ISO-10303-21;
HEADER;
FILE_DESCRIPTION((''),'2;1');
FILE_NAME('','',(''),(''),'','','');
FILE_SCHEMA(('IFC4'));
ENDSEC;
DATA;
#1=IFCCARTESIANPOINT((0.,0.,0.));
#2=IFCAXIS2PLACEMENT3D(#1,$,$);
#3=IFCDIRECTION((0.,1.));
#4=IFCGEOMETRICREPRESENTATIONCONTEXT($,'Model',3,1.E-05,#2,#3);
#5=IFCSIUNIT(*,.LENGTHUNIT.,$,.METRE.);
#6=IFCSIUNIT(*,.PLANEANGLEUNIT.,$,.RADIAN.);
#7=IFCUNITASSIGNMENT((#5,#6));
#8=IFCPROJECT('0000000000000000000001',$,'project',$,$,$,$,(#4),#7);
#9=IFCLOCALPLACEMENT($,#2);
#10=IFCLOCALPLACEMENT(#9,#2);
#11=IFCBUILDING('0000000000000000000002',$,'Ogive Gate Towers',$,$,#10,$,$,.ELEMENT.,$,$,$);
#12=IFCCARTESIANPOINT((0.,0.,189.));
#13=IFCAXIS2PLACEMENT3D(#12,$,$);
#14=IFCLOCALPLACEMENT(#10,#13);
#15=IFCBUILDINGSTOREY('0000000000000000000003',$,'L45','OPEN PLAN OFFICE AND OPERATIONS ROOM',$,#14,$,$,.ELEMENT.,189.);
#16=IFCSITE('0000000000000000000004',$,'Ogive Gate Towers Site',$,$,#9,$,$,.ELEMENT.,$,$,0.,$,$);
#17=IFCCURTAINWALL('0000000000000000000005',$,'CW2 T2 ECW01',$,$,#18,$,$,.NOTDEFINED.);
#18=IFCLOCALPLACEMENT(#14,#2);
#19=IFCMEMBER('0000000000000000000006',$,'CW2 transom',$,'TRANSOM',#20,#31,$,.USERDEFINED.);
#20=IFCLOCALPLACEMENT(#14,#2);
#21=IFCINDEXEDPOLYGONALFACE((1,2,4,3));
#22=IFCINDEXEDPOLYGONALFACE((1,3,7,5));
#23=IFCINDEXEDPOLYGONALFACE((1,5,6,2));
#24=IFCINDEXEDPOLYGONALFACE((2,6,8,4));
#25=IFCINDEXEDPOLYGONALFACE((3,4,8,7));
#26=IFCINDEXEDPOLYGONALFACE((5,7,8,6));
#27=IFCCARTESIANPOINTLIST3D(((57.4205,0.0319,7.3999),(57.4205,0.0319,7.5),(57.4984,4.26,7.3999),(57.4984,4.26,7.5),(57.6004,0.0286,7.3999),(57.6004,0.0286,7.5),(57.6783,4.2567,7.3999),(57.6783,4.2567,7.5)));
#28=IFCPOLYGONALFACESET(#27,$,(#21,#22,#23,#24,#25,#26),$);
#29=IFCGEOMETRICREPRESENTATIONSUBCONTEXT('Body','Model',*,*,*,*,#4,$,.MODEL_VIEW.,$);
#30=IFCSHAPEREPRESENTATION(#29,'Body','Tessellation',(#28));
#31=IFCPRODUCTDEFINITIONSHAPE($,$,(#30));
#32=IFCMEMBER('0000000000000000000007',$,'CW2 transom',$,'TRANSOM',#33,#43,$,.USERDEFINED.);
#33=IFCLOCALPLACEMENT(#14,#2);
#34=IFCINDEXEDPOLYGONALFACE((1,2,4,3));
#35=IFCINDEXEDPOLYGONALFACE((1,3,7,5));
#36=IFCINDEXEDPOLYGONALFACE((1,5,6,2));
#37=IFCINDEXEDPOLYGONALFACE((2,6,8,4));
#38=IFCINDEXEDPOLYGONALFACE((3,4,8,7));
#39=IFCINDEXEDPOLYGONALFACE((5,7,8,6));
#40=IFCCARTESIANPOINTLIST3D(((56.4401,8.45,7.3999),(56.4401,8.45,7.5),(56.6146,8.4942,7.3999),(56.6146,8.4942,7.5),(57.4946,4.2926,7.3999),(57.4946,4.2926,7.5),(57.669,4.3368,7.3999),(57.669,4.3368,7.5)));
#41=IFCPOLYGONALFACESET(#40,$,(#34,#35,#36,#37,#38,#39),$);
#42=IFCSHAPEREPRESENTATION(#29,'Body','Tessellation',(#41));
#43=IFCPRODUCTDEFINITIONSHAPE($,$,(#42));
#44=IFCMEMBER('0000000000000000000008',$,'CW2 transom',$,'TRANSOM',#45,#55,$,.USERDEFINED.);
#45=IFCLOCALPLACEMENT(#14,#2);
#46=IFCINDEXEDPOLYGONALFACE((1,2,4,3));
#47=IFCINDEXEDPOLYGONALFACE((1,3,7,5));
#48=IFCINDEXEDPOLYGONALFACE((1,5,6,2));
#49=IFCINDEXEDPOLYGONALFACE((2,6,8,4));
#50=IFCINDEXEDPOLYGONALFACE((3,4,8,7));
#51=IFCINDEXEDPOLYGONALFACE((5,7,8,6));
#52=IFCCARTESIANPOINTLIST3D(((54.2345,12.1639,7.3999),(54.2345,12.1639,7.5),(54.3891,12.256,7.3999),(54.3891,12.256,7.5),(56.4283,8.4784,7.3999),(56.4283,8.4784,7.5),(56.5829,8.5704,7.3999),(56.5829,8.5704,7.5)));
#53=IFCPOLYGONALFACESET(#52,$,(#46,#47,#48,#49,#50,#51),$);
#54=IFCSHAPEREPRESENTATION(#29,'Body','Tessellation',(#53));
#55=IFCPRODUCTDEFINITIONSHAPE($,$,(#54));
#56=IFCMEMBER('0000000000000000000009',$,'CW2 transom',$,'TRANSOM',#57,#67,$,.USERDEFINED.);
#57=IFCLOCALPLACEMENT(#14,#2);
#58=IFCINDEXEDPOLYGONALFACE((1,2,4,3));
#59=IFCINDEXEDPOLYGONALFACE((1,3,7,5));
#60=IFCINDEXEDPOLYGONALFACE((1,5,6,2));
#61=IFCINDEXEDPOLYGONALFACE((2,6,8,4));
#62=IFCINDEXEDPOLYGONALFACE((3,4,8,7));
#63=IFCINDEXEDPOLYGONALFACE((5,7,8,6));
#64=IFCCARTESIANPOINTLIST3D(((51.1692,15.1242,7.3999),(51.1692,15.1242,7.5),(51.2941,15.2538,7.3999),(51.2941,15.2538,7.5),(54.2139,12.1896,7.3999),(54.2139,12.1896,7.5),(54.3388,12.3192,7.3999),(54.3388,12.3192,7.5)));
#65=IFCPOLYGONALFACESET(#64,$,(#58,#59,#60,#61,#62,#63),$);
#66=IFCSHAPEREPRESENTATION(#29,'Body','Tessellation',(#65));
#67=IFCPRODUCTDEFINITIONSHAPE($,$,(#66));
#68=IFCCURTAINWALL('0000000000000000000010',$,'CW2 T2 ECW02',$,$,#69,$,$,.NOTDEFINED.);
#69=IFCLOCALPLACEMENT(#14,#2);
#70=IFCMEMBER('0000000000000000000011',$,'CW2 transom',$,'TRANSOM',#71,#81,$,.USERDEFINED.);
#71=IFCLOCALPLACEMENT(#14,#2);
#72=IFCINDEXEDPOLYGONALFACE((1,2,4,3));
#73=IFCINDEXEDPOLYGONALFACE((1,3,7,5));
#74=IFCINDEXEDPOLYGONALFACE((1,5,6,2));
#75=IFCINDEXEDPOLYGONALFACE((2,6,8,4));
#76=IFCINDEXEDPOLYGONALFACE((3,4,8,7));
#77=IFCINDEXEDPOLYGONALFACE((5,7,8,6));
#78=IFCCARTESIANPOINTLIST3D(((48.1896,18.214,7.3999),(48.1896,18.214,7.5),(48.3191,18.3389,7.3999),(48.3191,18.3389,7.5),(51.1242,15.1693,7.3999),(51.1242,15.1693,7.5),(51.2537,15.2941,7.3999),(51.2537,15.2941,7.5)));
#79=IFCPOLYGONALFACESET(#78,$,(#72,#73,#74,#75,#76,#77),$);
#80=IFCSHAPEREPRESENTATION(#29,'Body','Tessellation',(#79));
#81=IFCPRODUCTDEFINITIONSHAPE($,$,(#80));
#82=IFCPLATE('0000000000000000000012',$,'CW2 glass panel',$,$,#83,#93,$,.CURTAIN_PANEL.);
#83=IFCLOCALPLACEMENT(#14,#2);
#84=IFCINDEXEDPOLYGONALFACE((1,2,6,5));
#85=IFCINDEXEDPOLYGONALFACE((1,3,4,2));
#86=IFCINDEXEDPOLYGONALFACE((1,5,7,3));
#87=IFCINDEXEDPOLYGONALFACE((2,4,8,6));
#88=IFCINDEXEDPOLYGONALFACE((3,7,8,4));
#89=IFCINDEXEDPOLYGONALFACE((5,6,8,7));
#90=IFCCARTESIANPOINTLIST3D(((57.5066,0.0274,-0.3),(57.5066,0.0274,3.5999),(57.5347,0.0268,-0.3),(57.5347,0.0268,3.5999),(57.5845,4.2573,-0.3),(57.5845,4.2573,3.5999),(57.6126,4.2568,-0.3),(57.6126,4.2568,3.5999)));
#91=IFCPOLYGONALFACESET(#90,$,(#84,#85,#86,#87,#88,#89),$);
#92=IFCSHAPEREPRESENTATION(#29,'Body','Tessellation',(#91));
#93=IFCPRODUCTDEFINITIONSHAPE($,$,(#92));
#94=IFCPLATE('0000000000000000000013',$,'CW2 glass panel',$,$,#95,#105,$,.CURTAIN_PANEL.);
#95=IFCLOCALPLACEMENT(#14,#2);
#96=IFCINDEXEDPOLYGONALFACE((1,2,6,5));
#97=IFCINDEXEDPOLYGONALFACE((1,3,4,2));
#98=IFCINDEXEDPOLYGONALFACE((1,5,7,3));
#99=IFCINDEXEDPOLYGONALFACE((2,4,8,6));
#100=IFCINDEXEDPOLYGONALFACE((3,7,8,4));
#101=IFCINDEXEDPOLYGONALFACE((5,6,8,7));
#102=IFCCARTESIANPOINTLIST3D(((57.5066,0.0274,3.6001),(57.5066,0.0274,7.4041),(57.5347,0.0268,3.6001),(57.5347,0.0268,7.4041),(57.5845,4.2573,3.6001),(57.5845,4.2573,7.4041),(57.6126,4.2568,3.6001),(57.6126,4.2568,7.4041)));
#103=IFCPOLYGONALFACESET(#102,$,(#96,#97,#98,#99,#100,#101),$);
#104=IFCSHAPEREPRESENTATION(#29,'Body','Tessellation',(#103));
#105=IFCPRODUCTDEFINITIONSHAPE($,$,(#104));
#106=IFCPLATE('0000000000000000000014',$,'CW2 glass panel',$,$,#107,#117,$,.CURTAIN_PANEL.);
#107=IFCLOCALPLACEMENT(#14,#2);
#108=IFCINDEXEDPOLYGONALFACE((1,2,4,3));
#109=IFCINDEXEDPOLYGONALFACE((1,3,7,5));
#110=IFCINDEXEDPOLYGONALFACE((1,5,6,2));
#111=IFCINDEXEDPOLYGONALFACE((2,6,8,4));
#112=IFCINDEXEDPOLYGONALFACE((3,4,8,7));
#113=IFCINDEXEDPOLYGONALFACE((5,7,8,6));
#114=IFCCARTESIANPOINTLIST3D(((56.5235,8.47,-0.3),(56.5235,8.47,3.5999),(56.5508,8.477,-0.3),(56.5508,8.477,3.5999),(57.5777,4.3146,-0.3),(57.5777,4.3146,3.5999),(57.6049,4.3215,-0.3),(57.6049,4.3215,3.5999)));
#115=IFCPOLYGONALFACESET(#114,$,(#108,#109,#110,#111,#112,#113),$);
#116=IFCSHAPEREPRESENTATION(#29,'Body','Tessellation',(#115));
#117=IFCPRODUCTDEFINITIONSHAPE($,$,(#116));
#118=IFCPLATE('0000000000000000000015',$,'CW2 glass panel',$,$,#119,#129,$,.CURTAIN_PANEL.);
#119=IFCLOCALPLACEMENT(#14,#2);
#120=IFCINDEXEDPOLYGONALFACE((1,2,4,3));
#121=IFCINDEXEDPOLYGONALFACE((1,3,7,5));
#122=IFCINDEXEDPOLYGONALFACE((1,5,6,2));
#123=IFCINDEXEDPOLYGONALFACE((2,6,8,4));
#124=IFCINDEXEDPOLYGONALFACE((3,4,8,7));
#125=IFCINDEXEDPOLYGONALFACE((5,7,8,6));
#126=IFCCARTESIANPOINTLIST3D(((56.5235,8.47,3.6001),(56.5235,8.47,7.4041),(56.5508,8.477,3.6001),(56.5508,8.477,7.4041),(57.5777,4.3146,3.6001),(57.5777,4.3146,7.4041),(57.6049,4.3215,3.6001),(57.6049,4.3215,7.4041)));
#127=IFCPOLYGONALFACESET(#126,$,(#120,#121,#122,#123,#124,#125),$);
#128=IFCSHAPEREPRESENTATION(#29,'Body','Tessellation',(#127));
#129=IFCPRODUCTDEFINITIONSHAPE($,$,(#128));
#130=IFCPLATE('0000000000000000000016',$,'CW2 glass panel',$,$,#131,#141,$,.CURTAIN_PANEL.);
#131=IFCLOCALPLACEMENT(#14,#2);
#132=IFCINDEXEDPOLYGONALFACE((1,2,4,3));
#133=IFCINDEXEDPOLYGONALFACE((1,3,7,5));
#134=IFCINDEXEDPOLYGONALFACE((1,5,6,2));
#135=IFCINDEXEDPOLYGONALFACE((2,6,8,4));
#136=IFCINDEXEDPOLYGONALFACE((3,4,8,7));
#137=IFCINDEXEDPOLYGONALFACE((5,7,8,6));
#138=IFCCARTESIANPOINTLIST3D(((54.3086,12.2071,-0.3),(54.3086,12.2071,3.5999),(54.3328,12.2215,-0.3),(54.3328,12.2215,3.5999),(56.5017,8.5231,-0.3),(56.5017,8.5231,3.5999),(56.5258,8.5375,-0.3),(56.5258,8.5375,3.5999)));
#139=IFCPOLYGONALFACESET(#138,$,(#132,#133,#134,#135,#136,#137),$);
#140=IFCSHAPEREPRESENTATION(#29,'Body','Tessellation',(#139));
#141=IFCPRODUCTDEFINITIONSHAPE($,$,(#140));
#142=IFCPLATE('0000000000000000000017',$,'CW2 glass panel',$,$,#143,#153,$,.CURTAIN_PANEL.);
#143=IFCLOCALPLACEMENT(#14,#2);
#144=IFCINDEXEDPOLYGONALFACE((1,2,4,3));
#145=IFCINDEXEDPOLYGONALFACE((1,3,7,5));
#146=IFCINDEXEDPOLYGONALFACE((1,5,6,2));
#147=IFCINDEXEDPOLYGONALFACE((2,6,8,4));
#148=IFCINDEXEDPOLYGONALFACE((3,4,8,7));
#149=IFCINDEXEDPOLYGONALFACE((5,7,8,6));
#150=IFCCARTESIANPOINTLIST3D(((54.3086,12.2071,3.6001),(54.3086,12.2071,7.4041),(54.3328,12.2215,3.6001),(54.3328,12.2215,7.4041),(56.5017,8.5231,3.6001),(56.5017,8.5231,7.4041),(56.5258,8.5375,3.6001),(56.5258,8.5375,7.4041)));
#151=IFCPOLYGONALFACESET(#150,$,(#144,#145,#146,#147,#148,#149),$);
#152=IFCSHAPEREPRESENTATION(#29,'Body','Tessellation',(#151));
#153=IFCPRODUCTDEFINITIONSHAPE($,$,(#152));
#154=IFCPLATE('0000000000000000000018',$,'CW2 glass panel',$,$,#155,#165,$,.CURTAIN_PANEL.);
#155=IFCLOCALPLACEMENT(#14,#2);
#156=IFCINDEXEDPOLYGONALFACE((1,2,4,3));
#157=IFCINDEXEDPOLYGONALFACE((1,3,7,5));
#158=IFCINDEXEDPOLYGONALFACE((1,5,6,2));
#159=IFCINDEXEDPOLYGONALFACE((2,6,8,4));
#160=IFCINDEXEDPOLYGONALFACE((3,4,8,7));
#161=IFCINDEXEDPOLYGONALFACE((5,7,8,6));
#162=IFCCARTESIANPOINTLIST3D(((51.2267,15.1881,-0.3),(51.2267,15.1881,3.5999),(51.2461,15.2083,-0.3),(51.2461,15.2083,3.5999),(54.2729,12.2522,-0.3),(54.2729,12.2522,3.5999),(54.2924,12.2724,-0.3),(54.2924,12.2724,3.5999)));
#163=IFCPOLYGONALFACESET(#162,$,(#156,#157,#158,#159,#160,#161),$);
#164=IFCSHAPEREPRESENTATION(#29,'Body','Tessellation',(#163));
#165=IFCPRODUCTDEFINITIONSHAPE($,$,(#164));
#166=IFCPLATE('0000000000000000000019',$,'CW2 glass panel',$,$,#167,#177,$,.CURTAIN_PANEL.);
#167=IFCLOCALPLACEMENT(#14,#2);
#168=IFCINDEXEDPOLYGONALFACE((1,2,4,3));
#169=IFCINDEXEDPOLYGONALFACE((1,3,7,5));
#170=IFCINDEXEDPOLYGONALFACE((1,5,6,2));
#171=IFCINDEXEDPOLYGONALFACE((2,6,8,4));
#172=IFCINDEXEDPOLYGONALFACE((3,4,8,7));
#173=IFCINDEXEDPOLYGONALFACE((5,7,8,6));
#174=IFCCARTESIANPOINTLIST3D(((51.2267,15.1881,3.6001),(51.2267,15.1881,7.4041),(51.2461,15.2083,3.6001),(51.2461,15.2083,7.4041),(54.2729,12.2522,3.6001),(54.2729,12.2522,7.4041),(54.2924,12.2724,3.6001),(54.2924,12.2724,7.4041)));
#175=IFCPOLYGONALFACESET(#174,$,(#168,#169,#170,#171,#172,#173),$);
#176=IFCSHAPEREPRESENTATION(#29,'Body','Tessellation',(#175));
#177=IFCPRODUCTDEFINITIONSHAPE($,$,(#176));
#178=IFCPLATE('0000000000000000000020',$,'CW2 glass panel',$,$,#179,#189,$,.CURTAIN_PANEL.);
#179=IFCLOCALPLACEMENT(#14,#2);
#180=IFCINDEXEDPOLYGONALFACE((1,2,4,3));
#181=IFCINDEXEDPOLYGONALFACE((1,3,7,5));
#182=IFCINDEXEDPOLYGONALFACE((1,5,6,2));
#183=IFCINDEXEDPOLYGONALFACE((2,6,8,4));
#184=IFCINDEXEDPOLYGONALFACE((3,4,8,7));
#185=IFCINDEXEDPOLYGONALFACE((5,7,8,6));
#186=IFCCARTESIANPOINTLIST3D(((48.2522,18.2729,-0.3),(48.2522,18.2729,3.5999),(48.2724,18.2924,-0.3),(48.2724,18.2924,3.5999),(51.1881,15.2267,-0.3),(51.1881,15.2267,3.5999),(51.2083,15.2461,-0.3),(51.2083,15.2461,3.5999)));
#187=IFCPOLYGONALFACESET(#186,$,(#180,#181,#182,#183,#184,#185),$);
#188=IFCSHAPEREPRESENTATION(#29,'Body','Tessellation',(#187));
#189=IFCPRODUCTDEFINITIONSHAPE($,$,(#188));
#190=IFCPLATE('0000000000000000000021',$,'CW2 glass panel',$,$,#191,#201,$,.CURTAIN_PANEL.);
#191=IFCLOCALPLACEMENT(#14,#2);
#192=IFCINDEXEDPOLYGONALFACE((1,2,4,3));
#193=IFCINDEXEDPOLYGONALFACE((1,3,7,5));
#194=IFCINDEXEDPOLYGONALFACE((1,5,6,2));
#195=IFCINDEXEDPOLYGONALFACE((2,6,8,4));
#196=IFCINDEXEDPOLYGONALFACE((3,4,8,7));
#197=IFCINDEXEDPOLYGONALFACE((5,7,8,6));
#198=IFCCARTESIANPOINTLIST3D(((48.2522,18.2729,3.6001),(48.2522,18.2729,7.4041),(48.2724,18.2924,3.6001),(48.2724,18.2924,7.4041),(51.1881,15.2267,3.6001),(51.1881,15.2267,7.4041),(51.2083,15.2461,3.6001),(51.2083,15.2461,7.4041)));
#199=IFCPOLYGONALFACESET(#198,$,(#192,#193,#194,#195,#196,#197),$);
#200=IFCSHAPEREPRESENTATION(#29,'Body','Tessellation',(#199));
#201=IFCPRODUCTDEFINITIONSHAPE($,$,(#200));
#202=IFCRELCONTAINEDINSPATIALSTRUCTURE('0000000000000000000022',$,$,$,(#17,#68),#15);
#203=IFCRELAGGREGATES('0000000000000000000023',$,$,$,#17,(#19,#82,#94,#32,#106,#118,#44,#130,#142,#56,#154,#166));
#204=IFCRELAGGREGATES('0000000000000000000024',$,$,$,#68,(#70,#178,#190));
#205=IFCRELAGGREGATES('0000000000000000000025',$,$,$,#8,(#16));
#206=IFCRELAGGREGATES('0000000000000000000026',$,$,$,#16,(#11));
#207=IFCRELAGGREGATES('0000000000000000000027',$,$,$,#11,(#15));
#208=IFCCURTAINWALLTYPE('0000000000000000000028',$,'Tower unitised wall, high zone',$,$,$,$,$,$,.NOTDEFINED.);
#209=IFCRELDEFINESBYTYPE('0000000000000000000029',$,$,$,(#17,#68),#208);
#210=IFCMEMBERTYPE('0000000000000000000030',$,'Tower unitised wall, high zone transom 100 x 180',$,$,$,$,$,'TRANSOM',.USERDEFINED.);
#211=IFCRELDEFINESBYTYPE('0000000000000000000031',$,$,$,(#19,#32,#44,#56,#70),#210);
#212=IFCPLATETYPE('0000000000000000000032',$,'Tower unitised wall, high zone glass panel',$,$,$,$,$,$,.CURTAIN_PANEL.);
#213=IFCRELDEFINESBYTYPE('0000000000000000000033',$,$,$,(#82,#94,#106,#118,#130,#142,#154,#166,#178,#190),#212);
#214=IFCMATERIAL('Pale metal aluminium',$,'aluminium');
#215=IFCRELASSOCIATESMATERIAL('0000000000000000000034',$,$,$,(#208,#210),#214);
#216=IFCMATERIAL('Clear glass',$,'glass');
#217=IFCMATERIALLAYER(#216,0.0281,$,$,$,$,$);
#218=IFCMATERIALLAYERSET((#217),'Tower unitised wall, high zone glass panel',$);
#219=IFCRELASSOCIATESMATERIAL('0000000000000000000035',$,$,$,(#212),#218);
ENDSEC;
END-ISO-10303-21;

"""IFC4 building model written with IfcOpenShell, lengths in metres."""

from ifc_helpers import new_model, si_unit, direction, frame, origin, origin_2d, place, context, subcontext, project, spatial, rectangle, extrude, material, layer, layer_set, material_profile, profile_set, type_object, element, aggregate, save


model = new_model("IFC4")

# Units and contexts
model_context = context("Model", 3, precision=1e-05, world=origin(), true_north=direction((0.0, 1.0)))
body_context = subcontext(model_context, "Body", "Model", "MODEL_VIEW")
ifc_project = project(units=[si_unit("LENGTHUNIT", "METRE"), si_unit("PLANEANGLEUNIT", "RADIAN")], contexts=[model_context])

# Site, building, storey
site_placement = place(None, origin())
site = spatial("IfcSite", under=ifc_project, at=site_placement, Name="Ogive Gate Towers Site", CompositionType="ELEMENT", RefElevation=0.0)
building_placement = place(site_placement, origin())
building = spatial("IfcBuilding", under=site, at=building_placement, Name="Ogive Gate Towers", CompositionType="ELEMENT")
storey_placement = place(building_placement, frame((0.0, 0.0, 189.0)))
storey = spatial("IfcBuildingStorey", under=building, at=storey_placement, Name="L45", Description="OPEN PLAN OFFICE AND OPERATIONS ROOM", CompositionType="ELEMENT", Elevation=189.0)

# Curtain wall, members
ifc_material_1 = material(Name="Pale metal aluminium", Category="aluminium")
curtain_wall_type = type_object("IfcCurtainWallType", Name="Tower unitised wall, high zone", PredefinedType="NOTDEFINED", material=ifc_material_1)
curtain_wall_1_placement = place(storey_placement, origin())
curtain_wall_1 = element("IfcCurtainWall", 1, at=curtain_wall_1_placement, inside=storey, type_object=curtain_wall_type, Name="CW2 T2 ECW01", PredefinedType="NOTDEFINED")
ifc_material_profile_1 = material_profile(ifc_material_1, rectangle(XDim=0.1799, YDim=0.1001, at=origin_2d()), Name="100 x 180 aluminium box")
ifc_profile_set_1 = profile_set([ifc_material_profile_1], Name="Pale metal aluminium")
member_type_1 = type_object("IfcMemberType", Name="Tower unitised wall, high zone transom 100 x 180", ElementType="TRANSOM", PredefinedType="USERDEFINED", material=ifc_profile_set_1)
member_1_placement = place(storey_placement, frame((57.5105, 0.0303, 7.45), z_axis=(0.018417, 0.99983, 0.0), x_axis=(-0.99983, 0.018417, 0.0)))
member_1 = element("IfcMember", 2, at=member_1_placement, type_object=member_type_1, Name="CW2 transom", ObjectType="TRANSOM", PredefinedType="USERDEFINED", context=body_context, shape_type="SweptSolid", body=[
    extrude(rectangle(XDim=0.1799, YDim=0.1001, at=origin_2d()), origin(), (0.0, 0.0, 1.0), 4.2288),
])
member_2_placement = place(storey_placement, frame((57.5818, 4.3147, 7.45), z_axis=(-0.245842, 0.96931, 0.0), x_axis=(-0.96931, -0.245842, 0.0)))
member_2 = element("IfcMember", 3, at=member_2_placement, type_object=member_type_1, Name="CW2 transom", ObjectType="TRANSOM", PredefinedType="USERDEFINED", context=body_context, shape_type="SweptSolid", body=[
    extrude(rectangle(XDim=0.1799, YDim=0.1001, at=origin_2d()), origin(), (0.0, 0.0, 1.0), 4.2891),
])
member_3_placement = place(storey_placement, frame((56.5056, 8.5244, 7.45), z_axis=(-0.511496, 0.859286, 0.0), x_axis=(-0.859286, -0.511496, 0.0)))
member_3 = element("IfcMember", 4, at=member_3_placement, type_object=member_type_1, Name="CW2 transom", ObjectType="TRANSOM", PredefinedType="USERDEFINED", context=body_context, shape_type="SweptSolid", body=[
    extrude(rectangle(XDim=0.1799, YDim=0.1001, at=origin_2d()), origin(), (0.0, 0.0, 1.0), 4.2891),
])
member_4_placement = place(storey_placement, frame((54.2764, 12.2544, 7.45), z_axis=(-0.720006, 0.693968, 0.0), x_axis=(-0.693968, -0.720006, 0.0)))
member_4 = element("IfcMember", 5, at=member_4_placement, type_object=member_type_1, Name="CW2 transom", ObjectType="TRANSOM", PredefinedType="USERDEFINED", context=body_context, shape_type="SweptSolid", body=[
    extrude(rectangle(XDim=0.1799, YDim=0.1001, at=origin_2d()), origin(), (0.0, 0.0, 1.0), 4.2288),
])

# Curtain wall, member
curtain_wall_2_placement = place(storey_placement, origin())
curtain_wall_2 = element("IfcCurtainWall", 6, at=curtain_wall_2_placement, inside=storey, type_object=curtain_wall_type, Name="CW2 T2 ECW02", PredefinedType="NOTDEFINED")
member_5_placement = place(storey_placement, frame((51.189, 15.2317, 7.45), z_axis=(-0.693968, 0.720006, 0.0), x_axis=(-0.720006, -0.693968, 0.0)))
member_5 = element("IfcMember", 7, at=member_5_placement, type_object=member_type_1, Name="CW2 transom", ObjectType="TRANSOM", PredefinedType="USERDEFINED", context=body_context, shape_type="SweptSolid", body=[
    extrude(rectangle(XDim=0.1799, YDim=0.1001, at=origin_2d()), origin(), (0.0, 0.0, 1.0), 4.2288),
])

# Plates
ifc_material_2 = material(Name="Clear glass", Category="glass")
ifc_layer_1 = layer(ifc_material_2, 0.0281)
ifc_layer_set_1 = layer_set([ifc_layer_1], Name="Tower unitised wall, high zone glass panel")
plate_type = type_object("IfcPlateType", Name="Tower unitised wall, high zone glass panel", PredefinedType="CURTAIN_PANEL", material=ifc_layer_set_1)
plate_1_placement = place(storey_placement, frame((57.5596, 2.1421, -0.3), z_axis=(0.0, 0.0, 1.0), x_axis=(0.018412, 0.99983, 0.0)))
plate_1 = element("IfcPlate", 8, at=plate_1_placement, type_object=plate_type, Name="CW2 glass panel", PredefinedType="CURTAIN_PANEL", context=body_context, shape_type="SweptSolid", body=[
    extrude(rectangle(XDim=4.2307, YDim=0.0281, at=origin_2d()), origin(), (0.0, 0.0, 1.0), 3.8999),
])
plate_2_placement = place(storey_placement, frame((57.5596, 2.1421, 3.6001), z_axis=(0.0, 0.0, 1.0), x_axis=(0.018412, 0.99983, 0.0)))
plate_2 = element("IfcPlate", 9, at=plate_2_placement, type_object=plate_type, Name="CW2 glass panel", PredefinedType="CURTAIN_PANEL", context=body_context, shape_type="SweptSolid", body=[
    extrude(rectangle(XDim=4.2307, YDim=0.0281, at=origin_2d()), origin(), (0.0, 0.0, 1.0), 3.804),
])
plate_3_placement = place(storey_placement, frame((57.0642, 6.3958, -0.3), z_axis=(0.0, 0.0, 1.0), x_axis=(-0.245883, 0.9693, 0.0)))
plate_3 = element("IfcPlate", 10, at=plate_3_placement, type_object=plate_type, Name="CW2 glass panel", PredefinedType="CURTAIN_PANEL", context=body_context, shape_type="SweptSolid", body=[
    extrude(rectangle(XDim=4.2871, YDim=0.0281, at=origin_2d()), origin(), (0.0, 0.0, 1.0), 3.8999),
])
plate_4_placement = place(storey_placement, frame((57.0642, 6.3958, 3.6001), z_axis=(0.0, 0.0, 1.0), x_axis=(-0.245883, 0.9693, 0.0)))
plate_4 = element("IfcPlate", 11, at=plate_4_placement, type_object=plate_type, Name="CW2 glass panel", PredefinedType="CURTAIN_PANEL", context=body_context, shape_type="SweptSolid", body=[
    extrude(rectangle(XDim=4.2871, YDim=0.0281, at=origin_2d()), origin(), (0.0, 0.0, 1.0), 3.804),
])
plate_5_placement = place(storey_placement, frame((55.4172, 10.3723, -0.3), z_axis=(0.0, 0.0, 1.0), x_axis=(-0.511518, 0.859273, 0.0)))
plate_5 = element("IfcPlate", 12, at=plate_5_placement, type_object=plate_type, Name="CW2 glass panel", PredefinedType="CURTAIN_PANEL", context=body_context, shape_type="SweptSolid", body=[
    extrude(rectangle(XDim=4.2874, YDim=0.0281, at=origin_2d()), origin(), (0.0, 0.0, 1.0), 3.8999),
])
plate_6_placement = place(storey_placement, frame((55.4172, 10.3723, 3.6001), z_axis=(0.0, 0.0, 1.0), x_axis=(-0.511518, 0.859273, 0.0)))
plate_6 = element("IfcPlate", 13, at=plate_6_placement, type_object=plate_type, Name="CW2 glass panel", PredefinedType="CURTAIN_PANEL", context=body_context, shape_type="SweptSolid", body=[
    extrude(rectangle(XDim=4.2874, YDim=0.0281, at=origin_2d()), origin(), (0.0, 0.0, 1.0), 3.804),
])
plate_7_placement = place(storey_placement, frame((52.7595, 13.7302, -0.3), z_axis=(0.0, 0.0, 1.0), x_axis=(-0.720031, 0.693942, 0.0)))
plate_7 = element("IfcPlate", 14, at=plate_7_placement, type_object=plate_type, Name="CW2 glass panel", PredefinedType="CURTAIN_PANEL", context=body_context, shape_type="SweptSolid", body=[
    extrude(rectangle(XDim=4.2307, YDim=0.0281, at=origin_2d()), origin(), (0.0, 0.0, 1.0), 3.8999),
])
plate_8_placement = place(storey_placement, frame((52.7595, 13.7302, 3.6001), z_axis=(0.0, 0.0, 1.0), x_axis=(-0.720031, 0.693942, 0.0)))
plate_8 = element("IfcPlate", 15, at=plate_8_placement, type_object=plate_type, Name="CW2 glass panel", PredefinedType="CURTAIN_PANEL", context=body_context, shape_type="SweptSolid", body=[
    extrude(rectangle(XDim=4.2307, YDim=0.0281, at=origin_2d()), origin(), (0.0, 0.0, 1.0), 3.804),
])
aggregate(curtain_wall_1, [member_1, plate_1, plate_2, member_2, plate_3, plate_4, member_3, plate_5, plate_6, member_4, plate_7, plate_8])
plate_9_placement = place(storey_placement, frame((49.7302, 16.7595, -0.3), z_axis=(0.0, 0.0, 1.0), x_axis=(-0.693942, 0.720031, 0.0)))
plate_9 = element("IfcPlate", 16, at=plate_9_placement, type_object=plate_type, Name="CW2 glass panel", PredefinedType="CURTAIN_PANEL", context=body_context, shape_type="SweptSolid", body=[
    extrude(rectangle(XDim=4.2307, YDim=0.0281, at=origin_2d()), origin(), (0.0, 0.0, 1.0), 3.8999),
])
plate_10_placement = place(storey_placement, frame((49.7302, 16.7595, 3.6001), z_axis=(0.0, 0.0, 1.0), x_axis=(-0.693942, 0.720031, 0.0)))
plate_10 = element("IfcPlate", 17, at=plate_10_placement, type_object=plate_type, Name="CW2 glass panel", PredefinedType="CURTAIN_PANEL", context=body_context, shape_type="SweptSolid", body=[
    extrude(rectangle(XDim=4.2307, YDim=0.0281, at=origin_2d()), origin(), (0.0, 0.0, 1.0), 3.804),
])
aggregate(curtain_wall_2, [member_5, plate_9, plate_10])

save(model, "model.ifc")
